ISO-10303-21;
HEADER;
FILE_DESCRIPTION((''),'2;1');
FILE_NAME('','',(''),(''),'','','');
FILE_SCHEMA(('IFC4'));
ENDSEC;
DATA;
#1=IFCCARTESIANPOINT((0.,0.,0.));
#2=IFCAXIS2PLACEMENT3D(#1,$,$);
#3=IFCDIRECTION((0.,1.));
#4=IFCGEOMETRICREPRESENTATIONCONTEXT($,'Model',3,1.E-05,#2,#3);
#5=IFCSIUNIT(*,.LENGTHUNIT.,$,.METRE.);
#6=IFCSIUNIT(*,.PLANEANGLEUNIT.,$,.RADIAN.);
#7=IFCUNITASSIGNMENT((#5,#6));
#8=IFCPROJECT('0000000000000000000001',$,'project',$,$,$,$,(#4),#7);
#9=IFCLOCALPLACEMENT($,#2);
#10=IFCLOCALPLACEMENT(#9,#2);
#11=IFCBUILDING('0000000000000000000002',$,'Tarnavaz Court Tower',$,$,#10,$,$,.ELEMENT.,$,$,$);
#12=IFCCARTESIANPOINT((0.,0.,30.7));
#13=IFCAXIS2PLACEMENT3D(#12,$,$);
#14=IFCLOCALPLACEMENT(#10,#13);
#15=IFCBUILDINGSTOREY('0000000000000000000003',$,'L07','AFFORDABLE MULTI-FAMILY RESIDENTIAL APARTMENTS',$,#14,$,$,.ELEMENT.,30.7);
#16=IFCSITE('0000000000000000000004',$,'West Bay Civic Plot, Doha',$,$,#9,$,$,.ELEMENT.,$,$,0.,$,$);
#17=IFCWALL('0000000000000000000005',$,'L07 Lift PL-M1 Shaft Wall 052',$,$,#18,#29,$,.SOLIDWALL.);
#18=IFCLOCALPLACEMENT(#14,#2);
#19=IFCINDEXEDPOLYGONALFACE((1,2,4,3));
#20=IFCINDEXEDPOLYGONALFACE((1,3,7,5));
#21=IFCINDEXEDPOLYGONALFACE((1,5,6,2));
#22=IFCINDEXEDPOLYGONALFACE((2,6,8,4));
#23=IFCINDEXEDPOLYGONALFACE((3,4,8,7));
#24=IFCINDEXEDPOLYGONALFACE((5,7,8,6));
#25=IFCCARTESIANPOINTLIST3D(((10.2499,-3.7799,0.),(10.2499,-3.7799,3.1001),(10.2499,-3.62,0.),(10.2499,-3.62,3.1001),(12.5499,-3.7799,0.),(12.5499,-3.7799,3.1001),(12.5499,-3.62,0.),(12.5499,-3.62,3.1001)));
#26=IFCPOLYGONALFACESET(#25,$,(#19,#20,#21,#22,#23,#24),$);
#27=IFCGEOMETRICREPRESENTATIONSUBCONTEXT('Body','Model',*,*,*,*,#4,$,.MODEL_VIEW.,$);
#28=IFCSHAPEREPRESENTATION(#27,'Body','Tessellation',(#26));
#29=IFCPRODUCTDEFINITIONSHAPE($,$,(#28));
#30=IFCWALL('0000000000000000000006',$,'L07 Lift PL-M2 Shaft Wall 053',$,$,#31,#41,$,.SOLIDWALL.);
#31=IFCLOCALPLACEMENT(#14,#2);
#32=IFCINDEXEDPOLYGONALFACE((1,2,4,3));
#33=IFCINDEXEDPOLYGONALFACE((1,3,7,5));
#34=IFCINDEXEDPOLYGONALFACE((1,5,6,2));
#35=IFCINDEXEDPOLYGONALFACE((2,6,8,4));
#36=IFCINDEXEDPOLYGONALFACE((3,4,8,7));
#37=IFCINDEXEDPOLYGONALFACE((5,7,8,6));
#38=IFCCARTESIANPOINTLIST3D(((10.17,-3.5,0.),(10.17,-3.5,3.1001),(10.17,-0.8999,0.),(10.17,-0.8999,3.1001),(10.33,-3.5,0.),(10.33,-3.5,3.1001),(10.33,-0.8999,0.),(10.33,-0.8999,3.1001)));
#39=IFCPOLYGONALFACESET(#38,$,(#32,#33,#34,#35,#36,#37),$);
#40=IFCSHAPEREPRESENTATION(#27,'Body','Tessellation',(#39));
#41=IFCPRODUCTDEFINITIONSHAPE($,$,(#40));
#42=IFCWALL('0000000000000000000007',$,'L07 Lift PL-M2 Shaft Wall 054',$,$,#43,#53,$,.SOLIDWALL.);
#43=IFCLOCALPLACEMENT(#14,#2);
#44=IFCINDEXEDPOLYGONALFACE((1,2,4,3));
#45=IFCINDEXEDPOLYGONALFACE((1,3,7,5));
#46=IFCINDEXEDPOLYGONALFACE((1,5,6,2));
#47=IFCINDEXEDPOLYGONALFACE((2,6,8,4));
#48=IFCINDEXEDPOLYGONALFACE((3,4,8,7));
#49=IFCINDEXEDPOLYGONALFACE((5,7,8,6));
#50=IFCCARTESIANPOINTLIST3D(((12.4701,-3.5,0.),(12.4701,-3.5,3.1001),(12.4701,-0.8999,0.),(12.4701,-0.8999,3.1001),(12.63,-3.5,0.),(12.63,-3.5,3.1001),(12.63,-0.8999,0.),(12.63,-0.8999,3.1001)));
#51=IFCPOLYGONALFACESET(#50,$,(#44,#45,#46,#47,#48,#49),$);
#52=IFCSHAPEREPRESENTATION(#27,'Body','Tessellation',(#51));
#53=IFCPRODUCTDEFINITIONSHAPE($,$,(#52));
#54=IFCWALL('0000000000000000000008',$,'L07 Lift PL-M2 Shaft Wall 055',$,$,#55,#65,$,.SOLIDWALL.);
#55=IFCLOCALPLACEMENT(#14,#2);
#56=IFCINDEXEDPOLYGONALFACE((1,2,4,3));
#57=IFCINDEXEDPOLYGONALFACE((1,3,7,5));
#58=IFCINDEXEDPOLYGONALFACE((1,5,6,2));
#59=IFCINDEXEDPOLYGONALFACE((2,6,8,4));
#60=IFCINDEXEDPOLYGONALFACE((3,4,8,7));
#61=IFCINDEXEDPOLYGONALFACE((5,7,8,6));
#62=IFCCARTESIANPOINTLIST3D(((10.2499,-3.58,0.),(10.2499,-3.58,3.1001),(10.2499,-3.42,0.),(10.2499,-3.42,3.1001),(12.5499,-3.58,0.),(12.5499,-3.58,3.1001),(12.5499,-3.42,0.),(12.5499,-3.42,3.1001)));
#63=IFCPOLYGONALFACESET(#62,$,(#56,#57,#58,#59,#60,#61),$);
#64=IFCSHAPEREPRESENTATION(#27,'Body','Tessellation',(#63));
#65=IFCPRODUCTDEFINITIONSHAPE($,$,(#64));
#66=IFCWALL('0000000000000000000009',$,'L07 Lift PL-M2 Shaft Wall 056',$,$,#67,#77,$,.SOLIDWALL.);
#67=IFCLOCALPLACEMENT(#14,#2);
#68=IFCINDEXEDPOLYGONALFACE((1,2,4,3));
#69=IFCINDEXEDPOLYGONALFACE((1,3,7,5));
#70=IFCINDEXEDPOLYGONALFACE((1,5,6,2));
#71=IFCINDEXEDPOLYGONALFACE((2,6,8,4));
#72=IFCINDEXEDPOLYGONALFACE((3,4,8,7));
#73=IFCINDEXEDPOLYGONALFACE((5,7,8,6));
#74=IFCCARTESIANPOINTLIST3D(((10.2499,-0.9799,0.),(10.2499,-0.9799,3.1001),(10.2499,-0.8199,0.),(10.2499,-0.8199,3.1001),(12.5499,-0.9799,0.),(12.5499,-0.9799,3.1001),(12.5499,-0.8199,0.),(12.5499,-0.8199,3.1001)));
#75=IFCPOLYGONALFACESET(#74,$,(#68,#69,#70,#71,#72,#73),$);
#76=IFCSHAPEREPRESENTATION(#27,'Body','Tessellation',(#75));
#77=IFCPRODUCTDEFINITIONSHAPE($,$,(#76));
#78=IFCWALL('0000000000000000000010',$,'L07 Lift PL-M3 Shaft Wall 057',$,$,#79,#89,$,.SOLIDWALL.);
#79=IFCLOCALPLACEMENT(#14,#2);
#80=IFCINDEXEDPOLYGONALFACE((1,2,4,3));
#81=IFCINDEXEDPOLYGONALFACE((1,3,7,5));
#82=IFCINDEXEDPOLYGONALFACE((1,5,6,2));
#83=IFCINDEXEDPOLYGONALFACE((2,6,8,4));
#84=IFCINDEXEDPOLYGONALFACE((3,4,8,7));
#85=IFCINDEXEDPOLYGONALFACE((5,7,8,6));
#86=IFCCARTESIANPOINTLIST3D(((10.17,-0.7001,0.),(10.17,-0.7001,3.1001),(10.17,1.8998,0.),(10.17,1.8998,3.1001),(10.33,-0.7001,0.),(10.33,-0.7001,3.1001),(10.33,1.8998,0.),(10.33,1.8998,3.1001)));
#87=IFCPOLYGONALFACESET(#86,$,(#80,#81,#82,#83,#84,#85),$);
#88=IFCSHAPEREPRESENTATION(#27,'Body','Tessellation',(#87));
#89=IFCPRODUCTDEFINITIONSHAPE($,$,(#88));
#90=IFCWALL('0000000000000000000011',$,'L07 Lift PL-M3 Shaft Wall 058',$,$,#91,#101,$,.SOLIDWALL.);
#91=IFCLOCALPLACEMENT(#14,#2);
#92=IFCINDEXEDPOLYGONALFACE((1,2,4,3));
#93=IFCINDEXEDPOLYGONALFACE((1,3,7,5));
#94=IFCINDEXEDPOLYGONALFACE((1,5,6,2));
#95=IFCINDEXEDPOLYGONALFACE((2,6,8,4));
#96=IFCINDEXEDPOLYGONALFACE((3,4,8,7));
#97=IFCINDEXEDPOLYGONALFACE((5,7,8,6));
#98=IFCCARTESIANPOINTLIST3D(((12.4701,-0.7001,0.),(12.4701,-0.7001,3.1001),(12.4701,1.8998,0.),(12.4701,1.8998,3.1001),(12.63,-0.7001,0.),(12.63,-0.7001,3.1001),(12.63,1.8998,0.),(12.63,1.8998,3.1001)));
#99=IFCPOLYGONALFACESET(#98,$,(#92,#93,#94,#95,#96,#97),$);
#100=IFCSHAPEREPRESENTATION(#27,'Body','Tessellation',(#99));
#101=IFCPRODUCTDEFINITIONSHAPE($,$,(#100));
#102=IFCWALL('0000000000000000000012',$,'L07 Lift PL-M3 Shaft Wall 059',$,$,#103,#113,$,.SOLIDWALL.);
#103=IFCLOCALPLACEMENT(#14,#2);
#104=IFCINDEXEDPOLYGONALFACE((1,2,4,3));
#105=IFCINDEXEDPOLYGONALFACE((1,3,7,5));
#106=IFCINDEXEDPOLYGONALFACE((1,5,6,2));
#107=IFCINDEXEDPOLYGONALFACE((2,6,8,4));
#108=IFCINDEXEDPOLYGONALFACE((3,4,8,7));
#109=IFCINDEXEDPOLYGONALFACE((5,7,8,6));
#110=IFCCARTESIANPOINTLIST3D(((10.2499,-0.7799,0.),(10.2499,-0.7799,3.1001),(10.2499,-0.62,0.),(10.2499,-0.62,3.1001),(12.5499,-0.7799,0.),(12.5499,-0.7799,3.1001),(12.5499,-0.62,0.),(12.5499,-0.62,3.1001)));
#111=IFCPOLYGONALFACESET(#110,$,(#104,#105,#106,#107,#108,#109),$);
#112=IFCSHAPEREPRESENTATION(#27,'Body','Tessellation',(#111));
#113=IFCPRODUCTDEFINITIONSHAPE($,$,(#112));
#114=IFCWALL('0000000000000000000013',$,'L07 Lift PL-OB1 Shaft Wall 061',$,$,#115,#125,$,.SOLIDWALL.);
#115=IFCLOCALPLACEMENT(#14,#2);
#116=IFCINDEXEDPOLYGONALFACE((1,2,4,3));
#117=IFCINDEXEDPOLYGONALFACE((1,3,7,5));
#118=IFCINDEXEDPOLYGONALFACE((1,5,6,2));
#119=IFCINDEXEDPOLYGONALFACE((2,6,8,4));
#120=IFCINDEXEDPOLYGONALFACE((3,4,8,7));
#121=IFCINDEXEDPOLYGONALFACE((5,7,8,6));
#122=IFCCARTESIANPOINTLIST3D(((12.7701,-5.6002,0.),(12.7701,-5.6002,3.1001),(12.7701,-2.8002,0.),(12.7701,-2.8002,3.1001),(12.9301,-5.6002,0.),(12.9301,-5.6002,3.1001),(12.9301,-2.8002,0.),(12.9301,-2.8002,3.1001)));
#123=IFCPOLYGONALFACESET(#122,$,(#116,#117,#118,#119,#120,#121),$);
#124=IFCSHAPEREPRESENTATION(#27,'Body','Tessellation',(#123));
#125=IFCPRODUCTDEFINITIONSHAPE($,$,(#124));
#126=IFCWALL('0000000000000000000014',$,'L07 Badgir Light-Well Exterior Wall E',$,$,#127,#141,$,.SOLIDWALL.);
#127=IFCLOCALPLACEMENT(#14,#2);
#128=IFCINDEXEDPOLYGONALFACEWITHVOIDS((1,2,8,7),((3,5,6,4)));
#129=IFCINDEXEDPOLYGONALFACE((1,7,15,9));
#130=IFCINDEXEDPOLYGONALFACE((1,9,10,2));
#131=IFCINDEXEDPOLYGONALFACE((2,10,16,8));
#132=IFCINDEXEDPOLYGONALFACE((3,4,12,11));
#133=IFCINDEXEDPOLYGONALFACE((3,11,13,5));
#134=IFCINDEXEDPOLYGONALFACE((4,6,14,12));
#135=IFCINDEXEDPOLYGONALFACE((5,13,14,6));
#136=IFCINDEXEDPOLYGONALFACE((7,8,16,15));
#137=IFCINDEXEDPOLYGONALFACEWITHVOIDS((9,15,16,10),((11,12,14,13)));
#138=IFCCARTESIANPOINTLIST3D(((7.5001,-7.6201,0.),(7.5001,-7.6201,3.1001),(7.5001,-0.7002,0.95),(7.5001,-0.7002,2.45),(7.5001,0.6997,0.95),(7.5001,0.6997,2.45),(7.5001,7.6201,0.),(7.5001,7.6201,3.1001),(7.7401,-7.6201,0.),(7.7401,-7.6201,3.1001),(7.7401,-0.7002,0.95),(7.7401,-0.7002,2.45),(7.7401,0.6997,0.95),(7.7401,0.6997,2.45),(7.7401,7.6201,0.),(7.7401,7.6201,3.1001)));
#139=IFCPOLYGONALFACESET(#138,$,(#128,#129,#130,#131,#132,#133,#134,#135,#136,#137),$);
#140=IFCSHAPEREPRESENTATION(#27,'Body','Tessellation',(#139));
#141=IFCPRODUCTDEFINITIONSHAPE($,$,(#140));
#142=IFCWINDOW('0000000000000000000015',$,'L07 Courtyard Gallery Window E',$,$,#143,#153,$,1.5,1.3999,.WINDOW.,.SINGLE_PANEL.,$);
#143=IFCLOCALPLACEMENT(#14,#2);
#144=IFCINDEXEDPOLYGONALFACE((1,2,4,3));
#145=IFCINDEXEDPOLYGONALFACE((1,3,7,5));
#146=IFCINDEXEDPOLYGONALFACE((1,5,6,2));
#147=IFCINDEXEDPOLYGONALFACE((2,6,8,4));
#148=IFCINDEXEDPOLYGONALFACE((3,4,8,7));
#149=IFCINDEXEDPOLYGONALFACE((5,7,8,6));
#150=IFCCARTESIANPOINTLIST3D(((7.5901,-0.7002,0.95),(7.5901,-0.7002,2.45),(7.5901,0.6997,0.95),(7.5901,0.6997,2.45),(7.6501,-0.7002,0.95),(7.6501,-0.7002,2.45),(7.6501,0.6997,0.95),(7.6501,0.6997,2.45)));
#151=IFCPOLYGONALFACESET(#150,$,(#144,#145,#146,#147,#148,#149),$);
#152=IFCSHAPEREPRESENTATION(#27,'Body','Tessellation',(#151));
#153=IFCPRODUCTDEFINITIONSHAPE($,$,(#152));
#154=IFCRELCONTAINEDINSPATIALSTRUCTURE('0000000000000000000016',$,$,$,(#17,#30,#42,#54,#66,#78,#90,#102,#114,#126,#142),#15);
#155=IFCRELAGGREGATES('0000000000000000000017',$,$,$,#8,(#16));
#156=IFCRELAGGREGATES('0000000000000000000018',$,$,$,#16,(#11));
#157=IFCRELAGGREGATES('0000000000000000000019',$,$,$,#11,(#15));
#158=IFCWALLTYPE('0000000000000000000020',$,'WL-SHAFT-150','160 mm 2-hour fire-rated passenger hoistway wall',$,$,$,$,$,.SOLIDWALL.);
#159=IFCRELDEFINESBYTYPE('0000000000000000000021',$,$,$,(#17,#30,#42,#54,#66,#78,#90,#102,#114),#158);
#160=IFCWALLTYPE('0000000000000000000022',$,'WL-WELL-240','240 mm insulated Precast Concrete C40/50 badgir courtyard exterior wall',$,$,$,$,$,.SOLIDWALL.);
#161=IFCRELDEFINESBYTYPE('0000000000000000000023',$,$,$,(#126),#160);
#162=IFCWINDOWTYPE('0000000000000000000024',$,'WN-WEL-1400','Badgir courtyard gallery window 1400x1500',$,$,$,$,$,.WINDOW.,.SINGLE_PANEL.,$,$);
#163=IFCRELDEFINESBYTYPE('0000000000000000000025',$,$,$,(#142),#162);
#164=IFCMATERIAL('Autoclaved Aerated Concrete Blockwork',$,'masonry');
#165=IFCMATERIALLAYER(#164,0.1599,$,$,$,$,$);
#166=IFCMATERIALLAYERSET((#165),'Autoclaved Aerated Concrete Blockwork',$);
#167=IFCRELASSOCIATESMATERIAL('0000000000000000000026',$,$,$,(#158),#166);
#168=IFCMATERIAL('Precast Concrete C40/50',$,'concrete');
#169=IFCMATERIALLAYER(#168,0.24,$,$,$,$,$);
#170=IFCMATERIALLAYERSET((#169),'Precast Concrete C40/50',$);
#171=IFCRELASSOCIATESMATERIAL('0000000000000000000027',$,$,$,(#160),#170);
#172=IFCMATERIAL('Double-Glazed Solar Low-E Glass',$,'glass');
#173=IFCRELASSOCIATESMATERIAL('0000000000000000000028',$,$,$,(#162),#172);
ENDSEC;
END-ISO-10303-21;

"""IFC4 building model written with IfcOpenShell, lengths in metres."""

from ifc_helpers import new_model, si_unit, direction, frame, frame_2d, origin, place, context, subcontext, project, spatial, rectangle, extrude, material, layer, layer_set, type_object, element, fill, save


model = new_model("IFC4")

# Units and contexts
model_context = context("Model", 3, precision=1e-05, world=origin(), true_north=direction((0.0, 1.0)))
body_context = subcontext(model_context, "Body", "Model", "MODEL_VIEW")
ifc_project = project(units=[si_unit("LENGTHUNIT", "METRE"), si_unit("PLANEANGLEUNIT", "RADIAN")], contexts=[model_context])

# Site, building, storey
site_placement = place(None, origin())
site = spatial("IfcSite", under=ifc_project, at=site_placement, Name="West Bay Civic Plot, Doha", CompositionType="ELEMENT", RefElevation=0.0)
building_placement = place(site_placement, origin())
building = spatial("IfcBuilding", under=site, at=building_placement, Name="Tarnavaz Court Tower", CompositionType="ELEMENT")
storey_placement = place(building_placement, frame((0.0, 0.0, 30.7)))
storey = spatial("IfcBuildingStorey", under=building, at=storey_placement, Name="L07", Description="AFFORDABLE MULTI-FAMILY RESIDENTIAL APARTMENTS", CompositionType="ELEMENT", Elevation=30.7)

# Walls
ifc_material_1 = material(Name="Autoclaved Aerated Concrete Blockwork", Category="masonry")
ifc_layer_1 = layer(ifc_material_1, 0.1599)
ifc_layer_set_1 = layer_set([ifc_layer_1], Name="Autoclaved Aerated Concrete Blockwork")
wall_type_1 = type_object("IfcWallType", Name="WL-SHAFT-150", Description="160 mm 2-hour fire-rated passenger hoistway wall", PredefinedType="SOLIDWALL", material=ifc_layer_set_1)
for number, where, z_axis, x_axis, name in (
    (1, (10.25, -3.7, 0.0), (0.0, 0.0, 1.0), (1.0, 0.0, 0.0), "L07 Lift PL-M1 Shaft Wall 052"),
):
    element("IfcWall", number, at=place(storey_placement, frame(where, z_axis=z_axis, x_axis=x_axis)), inside=storey, type_object=wall_type_1, Name=name, PredefinedType="SOLIDWALL", context=body_context, shape_type="SweptSolid", body=[
        extrude(rectangle(XDim=2.3, YDim=0.1599, at=frame_2d((1.1499, 0.0))), origin(), (0.0, 0.0, 1.0), 3.1001),
    ])
for number, where, z_axis, x_axis, name in (
    (2, (10.25, -3.5, 0.0), (0.0, 0.0, 1.0), (0.0, 1.0, 0.0), "L07 Lift PL-M2 Shaft Wall 053"),
    (3, (12.55, -3.5, 0.0), (0.0, 0.0, 1.0), (0.0, 1.0, 0.0), "L07 Lift PL-M2 Shaft Wall 054"),
):
    element("IfcWall", number, at=place(storey_placement, frame(where, z_axis=z_axis, x_axis=x_axis)), inside=storey, type_object=wall_type_1, Name=name, PredefinedType="SOLIDWALL", context=body_context, shape_type="SweptSolid", body=[
        extrude(rectangle(XDim=2.6001, YDim=0.1599, at=frame_2d((1.3, 0.0))), origin(), (0.0, 0.0, 1.0), 3.1001),
    ])
for number, where, z_axis, x_axis, name in (
    (4, (10.25, -3.5, 0.0), (0.0, 0.0, 1.0), (1.0, 0.0, 0.0), "L07 Lift PL-M2 Shaft Wall 055"),
    (5, (10.25, -0.8999, 0.0), (0.0, 0.0, 1.0), (1.0, 0.0, 0.0), "L07 Lift PL-M2 Shaft Wall 056"),
):
    element("IfcWall", number, at=place(storey_placement, frame(where, z_axis=z_axis, x_axis=x_axis)), inside=storey, type_object=wall_type_1, Name=name, PredefinedType="SOLIDWALL", context=body_context, shape_type="SweptSolid", body=[
        extrude(rectangle(XDim=2.3, YDim=0.1599, at=frame_2d((1.1499, 0.0))), origin(), (0.0, 0.0, 1.0), 3.1001),
    ])
for number, where, z_axis, x_axis, name in (
    (6, (10.25, -0.7, 0.0), (0.0, 0.0, 1.0), (0.0, 1.0, 0.0), "L07 Lift PL-M3 Shaft Wall 057"),
    (7, (12.55, -0.7, 0.0), (0.0, 0.0, 1.0), (0.0, 1.0, 0.0), "L07 Lift PL-M3 Shaft Wall 058"),
):
    element("IfcWall", number, at=place(storey_placement, frame(where, z_axis=z_axis, x_axis=x_axis)), inside=storey, type_object=wall_type_1, Name=name, PredefinedType="SOLIDWALL", context=body_context, shape_type="SweptSolid", body=[
        extrude(rectangle(XDim=2.5999, YDim=0.1599, at=frame_2d((1.2998, 0.0))), origin(), (0.0, 0.0, 1.0), 3.1001),
    ])
wall_1_placement = place(storey_placement, frame((10.25, -0.7, 0.0), z_axis=(0.0, 0.0, 1.0), x_axis=(1.0, 0.0, 0.0)))
element("IfcWall", 8, at=wall_1_placement, inside=storey, type_object=wall_type_1, Name="L07 Lift PL-M3 Shaft Wall 059", PredefinedType="SOLIDWALL", context=body_context, shape_type="SweptSolid", body=[
    extrude(rectangle(XDim=2.3, YDim=0.1599, at=frame_2d((1.1499, 0.0))), origin(), (0.0, 0.0, 1.0), 3.1001),
])
wall_2_placement = place(storey_placement, frame((12.8501, -5.6001, 0.0), z_axis=(0.0, 0.0, 1.0), x_axis=(0.0, 1.0, 0.0)))
element("IfcWall", 9, at=wall_2_placement, inside=storey, type_object=wall_type_1, Name="L07 Lift PL-OB1 Shaft Wall 061", PredefinedType="SOLIDWALL", context=body_context, shape_type="SweptSolid", body=[
    extrude(rectangle(XDim=2.8, YDim=0.1599, at=frame_2d((1.3999, 0.0))), origin(), (0.0, 0.0, 1.0), 3.1001),
])

# Wall, opening, window
ifc_material_2 = material(Name="Precast Concrete C40/50", Category="concrete")
ifc_layer_2 = layer(ifc_material_2, 0.24)
ifc_layer_set_2 = layer_set([ifc_layer_2], Name="Precast Concrete C40/50")
wall_type_2 = type_object("IfcWallType", Name="WL-WELL-240", Description="240 mm insulated Precast Concrete C40/50 badgir courtyard exterior wall", PredefinedType="SOLIDWALL", material=ifc_layer_set_2)
wall_3_placement = place(storey_placement, frame((7.6201, -7.6201, 0.0), z_axis=(0.0, 0.0, 1.0), x_axis=(0.0, 1.0, 0.0)))
wall_3 = element("IfcWall", 10, at=wall_3_placement, inside=storey, type_object=wall_type_2, Name="L07 Badgir Light-Well Exterior Wall E", PredefinedType="SOLIDWALL", context=body_context, shape_type="SweptSolid", body=[
    extrude(rectangle(XDim=15.2402, YDim=0.24, at=frame_2d((7.6201, 0.0))), origin(), (0.0, 0.0, 1.0), 3.1001),
])
opening_1_placement = place(wall_3_placement, frame((6.9199, 0.0, 0.95)))
opening_1 = element("IfcOpeningElement", 11, at=opening_1_placement, cuts=wall_3, PredefinedType="OPENING", context=body_context, shape_type="SweptSolid", body=[
    extrude(rectangle(XDim=1.3999, YDim=1.5, at=frame_2d((0.7, 0.75))), frame((0.0, 0.1299, 0.0), z_axis=(0.0, -1.0, 0.0), x_axis=(1.0, 0.0, 0.0)), (0.0, 0.0, 1.0), 0.26),
])
ifc_material_3 = material(Name="Double-Glazed Solar Low-E Glass", Category="glass")
window_type = type_object("IfcWindowType", Name="WN-WEL-1400", Description="Badgir courtyard gallery window 1400x1500", PartitioningType="SINGLE_PANEL", PredefinedType="WINDOW", material=ifc_material_3)
window_placement = place(opening_1_placement, origin())
window = element("IfcWindow", 12, at=window_placement, inside=storey, type_object=window_type, Name="L07 Courtyard Gallery Window E", OverallHeight=1.5, OverallWidth=1.3999, PartitioningType="SINGLE_PANEL", PredefinedType="WINDOW", context=body_context, shape_type="SweptSolid", body=[
    extrude(rectangle(XDim=1.3999, YDim=1.5, at=frame_2d((0.7, 0.75))), frame((0.0, 0.03, 0.0), z_axis=(0.0, -1.0, 0.0), x_axis=(1.0, 0.0, 0.0)), (0.0, 0.0, 1.0), 0.0601),
])
fill(opening_1, window)

save(model, "model.ifc")
